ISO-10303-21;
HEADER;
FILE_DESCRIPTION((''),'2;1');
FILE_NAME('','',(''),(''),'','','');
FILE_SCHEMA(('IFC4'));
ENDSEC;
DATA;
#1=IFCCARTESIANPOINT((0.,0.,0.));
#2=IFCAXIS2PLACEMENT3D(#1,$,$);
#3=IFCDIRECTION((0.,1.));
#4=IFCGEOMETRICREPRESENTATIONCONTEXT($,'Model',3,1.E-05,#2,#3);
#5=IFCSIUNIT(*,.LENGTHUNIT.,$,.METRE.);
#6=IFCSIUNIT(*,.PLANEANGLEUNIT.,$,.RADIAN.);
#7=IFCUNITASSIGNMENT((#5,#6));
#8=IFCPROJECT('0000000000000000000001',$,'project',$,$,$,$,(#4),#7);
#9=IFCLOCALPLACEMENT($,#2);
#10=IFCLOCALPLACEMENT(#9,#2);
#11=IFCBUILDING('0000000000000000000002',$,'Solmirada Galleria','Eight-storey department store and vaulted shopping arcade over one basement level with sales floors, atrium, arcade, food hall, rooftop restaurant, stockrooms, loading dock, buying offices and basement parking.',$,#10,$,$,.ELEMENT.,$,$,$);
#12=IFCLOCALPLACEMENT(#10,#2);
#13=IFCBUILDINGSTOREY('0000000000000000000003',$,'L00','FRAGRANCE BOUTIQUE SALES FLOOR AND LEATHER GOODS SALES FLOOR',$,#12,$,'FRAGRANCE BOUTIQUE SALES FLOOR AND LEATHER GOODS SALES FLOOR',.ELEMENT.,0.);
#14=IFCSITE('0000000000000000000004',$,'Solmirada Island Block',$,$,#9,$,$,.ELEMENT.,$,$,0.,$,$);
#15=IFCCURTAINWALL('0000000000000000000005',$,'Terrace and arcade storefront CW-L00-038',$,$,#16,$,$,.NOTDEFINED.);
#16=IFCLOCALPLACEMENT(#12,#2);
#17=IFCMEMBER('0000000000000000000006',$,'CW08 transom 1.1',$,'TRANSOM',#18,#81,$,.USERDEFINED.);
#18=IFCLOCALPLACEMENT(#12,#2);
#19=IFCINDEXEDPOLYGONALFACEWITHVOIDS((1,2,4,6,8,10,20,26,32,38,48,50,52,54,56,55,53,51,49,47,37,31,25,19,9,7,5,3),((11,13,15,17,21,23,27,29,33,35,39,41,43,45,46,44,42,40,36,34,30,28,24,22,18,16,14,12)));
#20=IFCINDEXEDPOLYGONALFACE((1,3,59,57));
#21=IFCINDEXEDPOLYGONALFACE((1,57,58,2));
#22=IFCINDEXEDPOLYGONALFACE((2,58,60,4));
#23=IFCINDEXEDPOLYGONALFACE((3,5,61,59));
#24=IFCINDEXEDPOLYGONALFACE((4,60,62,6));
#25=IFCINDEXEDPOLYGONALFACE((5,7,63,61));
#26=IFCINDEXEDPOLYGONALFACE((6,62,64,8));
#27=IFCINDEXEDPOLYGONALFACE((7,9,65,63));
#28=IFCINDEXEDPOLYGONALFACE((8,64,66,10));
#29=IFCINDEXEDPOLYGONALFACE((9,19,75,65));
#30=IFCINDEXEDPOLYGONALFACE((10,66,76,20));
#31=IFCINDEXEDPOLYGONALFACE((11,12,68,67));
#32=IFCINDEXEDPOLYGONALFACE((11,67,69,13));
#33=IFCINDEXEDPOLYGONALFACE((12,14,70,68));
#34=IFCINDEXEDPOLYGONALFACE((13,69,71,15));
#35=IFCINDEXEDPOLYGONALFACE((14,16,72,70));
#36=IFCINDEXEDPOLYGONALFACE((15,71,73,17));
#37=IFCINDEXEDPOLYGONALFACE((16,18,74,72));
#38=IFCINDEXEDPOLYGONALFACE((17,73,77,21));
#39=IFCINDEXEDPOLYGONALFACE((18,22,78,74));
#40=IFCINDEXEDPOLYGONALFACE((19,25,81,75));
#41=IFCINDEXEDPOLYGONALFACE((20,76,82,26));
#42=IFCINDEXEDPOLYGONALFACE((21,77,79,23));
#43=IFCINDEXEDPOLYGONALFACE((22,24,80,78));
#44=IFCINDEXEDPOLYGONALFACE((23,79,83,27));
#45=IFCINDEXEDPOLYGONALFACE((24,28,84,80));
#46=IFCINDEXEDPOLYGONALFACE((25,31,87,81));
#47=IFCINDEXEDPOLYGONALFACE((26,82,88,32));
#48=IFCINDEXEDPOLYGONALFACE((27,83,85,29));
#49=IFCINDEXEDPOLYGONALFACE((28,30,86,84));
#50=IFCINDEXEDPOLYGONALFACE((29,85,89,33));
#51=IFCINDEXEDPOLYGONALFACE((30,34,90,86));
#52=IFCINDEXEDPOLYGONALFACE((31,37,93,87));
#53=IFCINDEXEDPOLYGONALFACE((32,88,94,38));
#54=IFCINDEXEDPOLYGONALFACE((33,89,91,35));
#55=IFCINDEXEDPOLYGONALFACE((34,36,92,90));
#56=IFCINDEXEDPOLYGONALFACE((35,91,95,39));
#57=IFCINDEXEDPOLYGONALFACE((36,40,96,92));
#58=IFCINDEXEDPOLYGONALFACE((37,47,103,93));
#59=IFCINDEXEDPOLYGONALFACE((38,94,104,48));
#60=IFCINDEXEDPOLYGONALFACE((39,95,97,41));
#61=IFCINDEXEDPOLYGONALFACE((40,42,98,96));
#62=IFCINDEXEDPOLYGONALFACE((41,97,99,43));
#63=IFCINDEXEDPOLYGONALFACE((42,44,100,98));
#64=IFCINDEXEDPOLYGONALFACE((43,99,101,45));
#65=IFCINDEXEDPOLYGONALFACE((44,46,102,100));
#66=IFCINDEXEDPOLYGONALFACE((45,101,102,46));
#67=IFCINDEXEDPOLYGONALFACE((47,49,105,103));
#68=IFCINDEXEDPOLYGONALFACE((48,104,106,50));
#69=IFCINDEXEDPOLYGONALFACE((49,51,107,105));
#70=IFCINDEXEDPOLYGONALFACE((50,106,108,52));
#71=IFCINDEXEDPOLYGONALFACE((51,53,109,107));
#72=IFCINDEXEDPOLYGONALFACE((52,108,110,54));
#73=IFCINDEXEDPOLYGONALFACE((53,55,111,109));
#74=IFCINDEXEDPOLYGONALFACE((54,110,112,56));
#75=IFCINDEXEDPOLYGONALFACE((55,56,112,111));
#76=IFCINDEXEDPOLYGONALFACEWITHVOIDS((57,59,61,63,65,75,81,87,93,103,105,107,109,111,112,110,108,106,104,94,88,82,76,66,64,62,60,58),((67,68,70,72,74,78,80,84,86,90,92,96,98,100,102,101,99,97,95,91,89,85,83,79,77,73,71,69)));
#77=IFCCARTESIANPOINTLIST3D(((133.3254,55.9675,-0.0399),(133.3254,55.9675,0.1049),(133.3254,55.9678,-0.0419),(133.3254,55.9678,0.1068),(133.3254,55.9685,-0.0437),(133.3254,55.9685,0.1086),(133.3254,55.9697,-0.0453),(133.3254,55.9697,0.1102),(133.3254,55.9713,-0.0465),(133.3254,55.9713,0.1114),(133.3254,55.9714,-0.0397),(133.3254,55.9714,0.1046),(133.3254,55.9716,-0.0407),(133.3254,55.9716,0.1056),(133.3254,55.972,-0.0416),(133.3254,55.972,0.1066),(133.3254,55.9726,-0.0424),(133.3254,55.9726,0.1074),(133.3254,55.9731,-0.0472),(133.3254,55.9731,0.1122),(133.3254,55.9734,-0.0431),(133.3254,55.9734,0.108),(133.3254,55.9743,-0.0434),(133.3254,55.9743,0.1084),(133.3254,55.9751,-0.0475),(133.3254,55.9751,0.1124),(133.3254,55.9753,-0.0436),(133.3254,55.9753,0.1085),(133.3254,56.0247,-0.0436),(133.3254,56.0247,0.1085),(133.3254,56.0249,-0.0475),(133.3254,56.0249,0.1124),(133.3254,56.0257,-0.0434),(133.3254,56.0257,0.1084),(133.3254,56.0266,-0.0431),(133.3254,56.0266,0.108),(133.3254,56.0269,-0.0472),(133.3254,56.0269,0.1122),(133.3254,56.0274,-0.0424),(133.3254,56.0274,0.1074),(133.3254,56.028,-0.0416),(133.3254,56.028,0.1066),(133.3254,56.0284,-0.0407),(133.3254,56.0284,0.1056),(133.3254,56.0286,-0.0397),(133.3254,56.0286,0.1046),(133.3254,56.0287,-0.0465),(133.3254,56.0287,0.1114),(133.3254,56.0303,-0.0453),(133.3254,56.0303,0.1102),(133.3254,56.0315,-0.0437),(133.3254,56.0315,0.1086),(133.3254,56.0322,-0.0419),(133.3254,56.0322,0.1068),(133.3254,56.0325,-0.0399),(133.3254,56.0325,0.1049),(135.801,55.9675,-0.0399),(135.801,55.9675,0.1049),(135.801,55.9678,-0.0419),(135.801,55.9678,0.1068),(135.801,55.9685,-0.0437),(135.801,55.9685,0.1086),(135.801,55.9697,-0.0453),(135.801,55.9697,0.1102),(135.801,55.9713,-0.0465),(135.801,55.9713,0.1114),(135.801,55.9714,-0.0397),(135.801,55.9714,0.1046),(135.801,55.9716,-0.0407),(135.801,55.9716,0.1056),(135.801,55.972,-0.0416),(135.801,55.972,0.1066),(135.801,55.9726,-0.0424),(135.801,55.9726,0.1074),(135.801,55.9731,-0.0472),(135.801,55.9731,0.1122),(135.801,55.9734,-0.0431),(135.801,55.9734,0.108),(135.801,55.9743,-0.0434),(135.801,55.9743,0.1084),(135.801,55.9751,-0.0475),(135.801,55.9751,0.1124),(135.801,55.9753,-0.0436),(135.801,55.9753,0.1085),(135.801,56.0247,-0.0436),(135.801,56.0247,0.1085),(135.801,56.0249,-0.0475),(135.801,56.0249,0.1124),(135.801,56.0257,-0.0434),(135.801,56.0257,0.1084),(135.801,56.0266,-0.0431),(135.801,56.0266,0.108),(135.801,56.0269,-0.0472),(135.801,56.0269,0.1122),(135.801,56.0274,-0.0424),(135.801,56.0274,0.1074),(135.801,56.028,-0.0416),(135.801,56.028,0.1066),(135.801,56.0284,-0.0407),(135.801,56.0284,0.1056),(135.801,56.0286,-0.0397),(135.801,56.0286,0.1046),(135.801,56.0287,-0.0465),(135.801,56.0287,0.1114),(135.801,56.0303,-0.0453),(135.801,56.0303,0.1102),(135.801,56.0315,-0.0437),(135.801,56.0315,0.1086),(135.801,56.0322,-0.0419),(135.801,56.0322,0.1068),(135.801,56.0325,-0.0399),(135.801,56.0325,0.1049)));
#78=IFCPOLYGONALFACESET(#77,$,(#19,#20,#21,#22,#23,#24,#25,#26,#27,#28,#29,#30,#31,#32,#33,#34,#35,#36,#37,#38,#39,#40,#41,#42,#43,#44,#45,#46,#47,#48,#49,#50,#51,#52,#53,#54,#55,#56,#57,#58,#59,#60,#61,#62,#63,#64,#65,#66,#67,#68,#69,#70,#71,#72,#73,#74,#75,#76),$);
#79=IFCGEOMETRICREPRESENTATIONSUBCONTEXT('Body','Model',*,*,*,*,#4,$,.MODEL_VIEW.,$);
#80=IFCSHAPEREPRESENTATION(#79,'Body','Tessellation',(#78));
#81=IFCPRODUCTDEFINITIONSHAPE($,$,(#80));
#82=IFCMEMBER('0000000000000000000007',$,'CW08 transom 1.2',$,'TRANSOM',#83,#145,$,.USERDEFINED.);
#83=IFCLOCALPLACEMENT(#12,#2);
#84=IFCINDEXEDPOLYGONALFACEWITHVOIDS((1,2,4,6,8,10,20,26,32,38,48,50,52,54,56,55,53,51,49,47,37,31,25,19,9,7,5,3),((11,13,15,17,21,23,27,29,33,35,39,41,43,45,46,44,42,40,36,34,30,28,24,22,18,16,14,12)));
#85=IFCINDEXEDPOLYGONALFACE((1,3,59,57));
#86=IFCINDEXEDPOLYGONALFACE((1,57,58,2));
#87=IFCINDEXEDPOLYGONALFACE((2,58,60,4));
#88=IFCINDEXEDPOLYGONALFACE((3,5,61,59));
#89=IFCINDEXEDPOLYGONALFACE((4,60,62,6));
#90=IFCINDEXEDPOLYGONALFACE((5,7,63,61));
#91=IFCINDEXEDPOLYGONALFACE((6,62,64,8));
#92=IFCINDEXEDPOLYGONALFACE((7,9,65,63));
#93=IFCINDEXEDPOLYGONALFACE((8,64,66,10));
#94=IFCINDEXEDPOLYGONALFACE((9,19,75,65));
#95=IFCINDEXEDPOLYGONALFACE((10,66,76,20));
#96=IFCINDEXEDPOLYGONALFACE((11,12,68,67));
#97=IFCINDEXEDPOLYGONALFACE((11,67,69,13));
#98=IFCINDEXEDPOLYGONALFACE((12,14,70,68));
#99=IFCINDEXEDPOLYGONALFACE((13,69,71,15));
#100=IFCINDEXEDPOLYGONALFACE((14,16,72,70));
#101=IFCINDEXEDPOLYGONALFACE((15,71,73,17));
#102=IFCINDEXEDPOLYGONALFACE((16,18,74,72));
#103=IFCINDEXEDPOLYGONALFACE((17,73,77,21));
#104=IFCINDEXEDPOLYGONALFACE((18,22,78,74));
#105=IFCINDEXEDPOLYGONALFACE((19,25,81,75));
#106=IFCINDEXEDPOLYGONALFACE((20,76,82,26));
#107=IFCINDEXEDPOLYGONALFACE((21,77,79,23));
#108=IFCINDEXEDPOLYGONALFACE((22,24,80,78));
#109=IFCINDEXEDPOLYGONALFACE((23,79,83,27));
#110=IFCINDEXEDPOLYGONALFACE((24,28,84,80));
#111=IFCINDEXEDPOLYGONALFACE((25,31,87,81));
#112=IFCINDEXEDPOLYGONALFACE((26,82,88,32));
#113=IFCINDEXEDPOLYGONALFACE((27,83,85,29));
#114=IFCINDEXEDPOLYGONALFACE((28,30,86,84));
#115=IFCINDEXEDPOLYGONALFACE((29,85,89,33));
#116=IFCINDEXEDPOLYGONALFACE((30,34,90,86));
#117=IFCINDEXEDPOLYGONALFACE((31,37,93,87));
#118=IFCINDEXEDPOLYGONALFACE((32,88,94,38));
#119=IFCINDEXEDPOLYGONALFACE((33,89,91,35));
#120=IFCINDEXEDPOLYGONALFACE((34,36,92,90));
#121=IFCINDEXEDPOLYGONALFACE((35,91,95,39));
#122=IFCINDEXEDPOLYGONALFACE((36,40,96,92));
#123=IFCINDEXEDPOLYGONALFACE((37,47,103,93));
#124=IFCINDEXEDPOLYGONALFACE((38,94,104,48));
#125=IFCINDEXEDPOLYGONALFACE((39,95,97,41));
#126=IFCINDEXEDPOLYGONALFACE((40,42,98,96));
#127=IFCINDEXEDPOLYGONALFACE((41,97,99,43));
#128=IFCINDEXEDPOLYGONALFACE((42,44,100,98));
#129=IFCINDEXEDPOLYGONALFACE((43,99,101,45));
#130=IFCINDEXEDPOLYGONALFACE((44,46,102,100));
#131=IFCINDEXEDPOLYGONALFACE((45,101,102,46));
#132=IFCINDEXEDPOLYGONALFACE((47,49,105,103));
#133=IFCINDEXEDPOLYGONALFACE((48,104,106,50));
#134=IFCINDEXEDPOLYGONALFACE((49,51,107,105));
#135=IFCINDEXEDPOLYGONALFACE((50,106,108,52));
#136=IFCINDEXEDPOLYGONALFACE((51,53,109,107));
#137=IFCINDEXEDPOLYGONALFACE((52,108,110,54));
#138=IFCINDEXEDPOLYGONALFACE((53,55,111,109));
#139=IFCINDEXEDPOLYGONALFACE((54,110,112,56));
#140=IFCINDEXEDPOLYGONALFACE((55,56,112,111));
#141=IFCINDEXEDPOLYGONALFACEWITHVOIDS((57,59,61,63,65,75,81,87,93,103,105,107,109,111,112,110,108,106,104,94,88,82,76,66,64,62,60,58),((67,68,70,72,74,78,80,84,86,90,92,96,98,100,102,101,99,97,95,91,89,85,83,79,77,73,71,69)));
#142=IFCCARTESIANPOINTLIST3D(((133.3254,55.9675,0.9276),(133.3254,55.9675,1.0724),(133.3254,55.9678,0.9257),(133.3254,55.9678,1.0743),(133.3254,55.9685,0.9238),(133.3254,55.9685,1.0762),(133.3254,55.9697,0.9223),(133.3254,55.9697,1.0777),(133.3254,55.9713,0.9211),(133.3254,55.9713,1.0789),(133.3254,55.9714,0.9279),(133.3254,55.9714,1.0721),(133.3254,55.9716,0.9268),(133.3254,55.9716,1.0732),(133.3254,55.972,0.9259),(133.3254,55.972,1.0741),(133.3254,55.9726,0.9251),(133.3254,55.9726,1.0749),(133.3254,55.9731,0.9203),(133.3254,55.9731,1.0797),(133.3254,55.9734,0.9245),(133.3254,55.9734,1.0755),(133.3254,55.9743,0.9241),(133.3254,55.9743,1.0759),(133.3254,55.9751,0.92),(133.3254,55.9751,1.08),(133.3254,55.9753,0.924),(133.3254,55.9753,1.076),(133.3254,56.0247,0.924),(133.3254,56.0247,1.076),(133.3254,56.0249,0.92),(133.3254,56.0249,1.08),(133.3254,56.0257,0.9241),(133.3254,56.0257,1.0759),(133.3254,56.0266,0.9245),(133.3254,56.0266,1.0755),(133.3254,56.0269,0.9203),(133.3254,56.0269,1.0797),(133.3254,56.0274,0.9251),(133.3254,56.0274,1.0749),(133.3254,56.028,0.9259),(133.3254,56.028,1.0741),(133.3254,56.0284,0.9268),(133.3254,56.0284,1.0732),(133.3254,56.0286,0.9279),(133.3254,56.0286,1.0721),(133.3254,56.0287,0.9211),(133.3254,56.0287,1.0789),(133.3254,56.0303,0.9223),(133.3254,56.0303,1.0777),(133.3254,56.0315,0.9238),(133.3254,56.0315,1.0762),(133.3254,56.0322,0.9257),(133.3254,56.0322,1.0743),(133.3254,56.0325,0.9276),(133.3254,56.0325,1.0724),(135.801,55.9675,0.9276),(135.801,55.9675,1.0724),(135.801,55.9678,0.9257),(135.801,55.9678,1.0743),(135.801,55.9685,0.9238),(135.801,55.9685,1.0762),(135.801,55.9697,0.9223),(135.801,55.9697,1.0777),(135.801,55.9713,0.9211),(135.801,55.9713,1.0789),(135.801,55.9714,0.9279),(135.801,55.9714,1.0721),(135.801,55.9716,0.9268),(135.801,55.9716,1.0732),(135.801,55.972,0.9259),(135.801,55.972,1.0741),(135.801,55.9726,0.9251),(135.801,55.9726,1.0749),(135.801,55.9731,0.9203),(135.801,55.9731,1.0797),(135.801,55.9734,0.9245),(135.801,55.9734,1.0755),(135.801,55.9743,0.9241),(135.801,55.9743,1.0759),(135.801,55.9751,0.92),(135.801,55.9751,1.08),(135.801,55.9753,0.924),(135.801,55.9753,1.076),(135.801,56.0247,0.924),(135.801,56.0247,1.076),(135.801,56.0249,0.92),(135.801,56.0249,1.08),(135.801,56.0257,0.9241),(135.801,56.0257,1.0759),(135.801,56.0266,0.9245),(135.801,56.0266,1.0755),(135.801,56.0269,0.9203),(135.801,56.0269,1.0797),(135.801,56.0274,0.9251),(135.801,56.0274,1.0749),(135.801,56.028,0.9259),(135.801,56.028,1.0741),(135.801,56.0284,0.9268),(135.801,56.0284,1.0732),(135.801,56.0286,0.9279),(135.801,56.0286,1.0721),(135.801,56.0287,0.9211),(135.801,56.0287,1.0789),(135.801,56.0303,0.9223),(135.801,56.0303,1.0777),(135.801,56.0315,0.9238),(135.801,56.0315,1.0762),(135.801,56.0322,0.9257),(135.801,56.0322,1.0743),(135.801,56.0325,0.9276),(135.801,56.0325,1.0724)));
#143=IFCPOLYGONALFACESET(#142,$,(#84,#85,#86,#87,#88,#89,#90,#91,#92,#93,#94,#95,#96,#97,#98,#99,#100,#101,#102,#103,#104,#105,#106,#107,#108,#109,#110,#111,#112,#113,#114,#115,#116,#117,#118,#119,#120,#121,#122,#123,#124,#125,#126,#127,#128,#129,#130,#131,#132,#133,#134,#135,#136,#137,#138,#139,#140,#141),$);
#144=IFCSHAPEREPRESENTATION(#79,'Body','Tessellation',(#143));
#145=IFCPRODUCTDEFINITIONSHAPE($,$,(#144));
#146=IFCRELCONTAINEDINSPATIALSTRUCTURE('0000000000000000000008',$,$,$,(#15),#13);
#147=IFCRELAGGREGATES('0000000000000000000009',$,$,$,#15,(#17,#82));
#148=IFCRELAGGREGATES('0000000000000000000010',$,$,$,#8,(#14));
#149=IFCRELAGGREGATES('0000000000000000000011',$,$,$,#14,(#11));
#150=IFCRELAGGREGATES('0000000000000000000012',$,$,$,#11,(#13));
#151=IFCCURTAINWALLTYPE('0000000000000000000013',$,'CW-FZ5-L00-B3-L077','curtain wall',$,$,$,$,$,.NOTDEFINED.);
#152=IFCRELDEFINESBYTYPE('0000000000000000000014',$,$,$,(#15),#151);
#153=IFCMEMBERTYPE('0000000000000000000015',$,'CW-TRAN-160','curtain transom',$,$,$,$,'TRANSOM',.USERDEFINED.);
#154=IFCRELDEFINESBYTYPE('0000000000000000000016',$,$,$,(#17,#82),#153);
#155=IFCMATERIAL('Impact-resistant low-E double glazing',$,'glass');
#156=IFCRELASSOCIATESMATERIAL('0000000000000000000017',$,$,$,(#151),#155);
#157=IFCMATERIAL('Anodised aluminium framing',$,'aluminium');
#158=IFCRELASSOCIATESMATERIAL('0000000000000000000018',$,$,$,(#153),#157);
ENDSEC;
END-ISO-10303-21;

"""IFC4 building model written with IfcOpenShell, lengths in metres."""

from ifc_helpers import new_model, si_unit, direction, frame, origin, origin_2d, place, context, subcontext, project, spatial, hollow_rectangle, extrude, material, material_profile, profile_set, type_object, element, aggregate, save


model = new_model("IFC4")

# Units and contexts
model_context = context("Model", 3, precision=1e-05, world=origin(), true_north=direction((0.0, 1.0)))
body_context = subcontext(model_context, "Body", "Model", "MODEL_VIEW")
ifc_project = project(units=[si_unit("LENGTHUNIT", "METRE"), si_unit("PLANEANGLEUNIT", "RADIAN")], contexts=[model_context])

# Site, building, storey
site_placement = place(None, origin())
site = spatial("IfcSite", under=ifc_project, at=site_placement, Name="Solmirada Island Block", CompositionType="ELEMENT", RefElevation=0.0)
building_placement = place(site_placement, origin())
building = spatial("IfcBuilding", under=site, at=building_placement, Name="Solmirada Galleria", Description="Eight-storey department store and vaulted shopping arcade over one basement level with sales floors, atrium, arcade, food hall, rooftop restaurant, stockrooms, loading dock, buying offices and basement parking.", CompositionType="ELEMENT")
storey_placement = place(building_placement, origin())
storey = spatial("IfcBuildingStorey", under=building, at=storey_placement, Name="L00", Description="FRAGRANCE BOUTIQUE SALES FLOOR AND LEATHER GOODS SALES FLOOR", LongName="FRAGRANCE BOUTIQUE SALES FLOOR AND LEATHER GOODS SALES FLOOR", CompositionType="ELEMENT", Elevation=0.0)

# Curtain wall
ifc_material_1 = material(Name="Impact-resistant low-E double glazing", Category="glass")
curtain_wall_type = type_object("IfcCurtainWallType", Name="CW-FZ5-L00-B3-L077", Description="curtain wall", PredefinedType="NOTDEFINED", material=ifc_material_1)
ifc_material_2 = material(Name="Anodised aluminium framing", Category="aluminium")
curtain_wall_1_placement = place(storey_placement, origin())
curtain_wall_1 = element("IfcCurtainWall", 1, at=curtain_wall_1_placement, inside=storey, type_object=curtain_wall_type, Name="Terrace and arcade storefront CW-L00-038", PredefinedType="NOTDEFINED")

# Members
ifc_material_profile_1 = material_profile(ifc_material_2, hollow_rectangle(XDim=0.0649, YDim=0.1599, WallThickness=0.0039, InnerFilletRadius=0.0039, OuterFilletRadius=0.0076, at=origin_2d()), Name="ALU-TRAN-160X65")
ifc_profile_set_1 = profile_set([ifc_material_profile_1], Name="Anodised aluminium framing")
member_type_1 = type_object("IfcMemberType", Name="CW-TRAN-160", Description="curtain transom", ElementType="TRANSOM", PredefinedType="USERDEFINED", material=ifc_profile_set_1)
member_1_placement = place(storey_placement, frame((135.801, 56.0, 0.0325), z_axis=(-1.0, 0.0, 0.0), x_axis=(0.0, -1.0, 0.0)))
member_1 = element("IfcMember", 2, at=member_1_placement, type_object=member_type_1, Name="CW08 transom 1.1", ObjectType="TRANSOM", PredefinedType="USERDEFINED", context=body_context, shape_type="SweptSolid", body=[
    extrude(hollow_rectangle(XDim=0.0649, YDim=0.1599, WallThickness=0.0039, InnerFilletRadius=0.0039, OuterFilletRadius=0.0076, at=origin_2d()), origin(), (0.0, 0.0, 1.0), 2.4756),
])
member_2_placement = place(storey_placement, frame((135.801, 56.0, 1.0), z_axis=(-1.0, 0.0, 0.0), x_axis=(0.0, -1.0, 0.0)))
member_2 = element("IfcMember", 3, at=member_2_placement, type_object=member_type_1, Name="CW08 transom 1.2", ObjectType="TRANSOM", PredefinedType="USERDEFINED", context=body_context, shape_type="SweptSolid", body=[
    extrude(hollow_rectangle(XDim=0.0649, YDim=0.1599, WallThickness=0.0039, InnerFilletRadius=0.0039, OuterFilletRadius=0.0076, at=origin_2d()), origin(), (0.0, 0.0, 1.0), 2.4756),
])

aggregate(curtain_wall_1, [member_1, member_2])

save(model, "model.ifc")
